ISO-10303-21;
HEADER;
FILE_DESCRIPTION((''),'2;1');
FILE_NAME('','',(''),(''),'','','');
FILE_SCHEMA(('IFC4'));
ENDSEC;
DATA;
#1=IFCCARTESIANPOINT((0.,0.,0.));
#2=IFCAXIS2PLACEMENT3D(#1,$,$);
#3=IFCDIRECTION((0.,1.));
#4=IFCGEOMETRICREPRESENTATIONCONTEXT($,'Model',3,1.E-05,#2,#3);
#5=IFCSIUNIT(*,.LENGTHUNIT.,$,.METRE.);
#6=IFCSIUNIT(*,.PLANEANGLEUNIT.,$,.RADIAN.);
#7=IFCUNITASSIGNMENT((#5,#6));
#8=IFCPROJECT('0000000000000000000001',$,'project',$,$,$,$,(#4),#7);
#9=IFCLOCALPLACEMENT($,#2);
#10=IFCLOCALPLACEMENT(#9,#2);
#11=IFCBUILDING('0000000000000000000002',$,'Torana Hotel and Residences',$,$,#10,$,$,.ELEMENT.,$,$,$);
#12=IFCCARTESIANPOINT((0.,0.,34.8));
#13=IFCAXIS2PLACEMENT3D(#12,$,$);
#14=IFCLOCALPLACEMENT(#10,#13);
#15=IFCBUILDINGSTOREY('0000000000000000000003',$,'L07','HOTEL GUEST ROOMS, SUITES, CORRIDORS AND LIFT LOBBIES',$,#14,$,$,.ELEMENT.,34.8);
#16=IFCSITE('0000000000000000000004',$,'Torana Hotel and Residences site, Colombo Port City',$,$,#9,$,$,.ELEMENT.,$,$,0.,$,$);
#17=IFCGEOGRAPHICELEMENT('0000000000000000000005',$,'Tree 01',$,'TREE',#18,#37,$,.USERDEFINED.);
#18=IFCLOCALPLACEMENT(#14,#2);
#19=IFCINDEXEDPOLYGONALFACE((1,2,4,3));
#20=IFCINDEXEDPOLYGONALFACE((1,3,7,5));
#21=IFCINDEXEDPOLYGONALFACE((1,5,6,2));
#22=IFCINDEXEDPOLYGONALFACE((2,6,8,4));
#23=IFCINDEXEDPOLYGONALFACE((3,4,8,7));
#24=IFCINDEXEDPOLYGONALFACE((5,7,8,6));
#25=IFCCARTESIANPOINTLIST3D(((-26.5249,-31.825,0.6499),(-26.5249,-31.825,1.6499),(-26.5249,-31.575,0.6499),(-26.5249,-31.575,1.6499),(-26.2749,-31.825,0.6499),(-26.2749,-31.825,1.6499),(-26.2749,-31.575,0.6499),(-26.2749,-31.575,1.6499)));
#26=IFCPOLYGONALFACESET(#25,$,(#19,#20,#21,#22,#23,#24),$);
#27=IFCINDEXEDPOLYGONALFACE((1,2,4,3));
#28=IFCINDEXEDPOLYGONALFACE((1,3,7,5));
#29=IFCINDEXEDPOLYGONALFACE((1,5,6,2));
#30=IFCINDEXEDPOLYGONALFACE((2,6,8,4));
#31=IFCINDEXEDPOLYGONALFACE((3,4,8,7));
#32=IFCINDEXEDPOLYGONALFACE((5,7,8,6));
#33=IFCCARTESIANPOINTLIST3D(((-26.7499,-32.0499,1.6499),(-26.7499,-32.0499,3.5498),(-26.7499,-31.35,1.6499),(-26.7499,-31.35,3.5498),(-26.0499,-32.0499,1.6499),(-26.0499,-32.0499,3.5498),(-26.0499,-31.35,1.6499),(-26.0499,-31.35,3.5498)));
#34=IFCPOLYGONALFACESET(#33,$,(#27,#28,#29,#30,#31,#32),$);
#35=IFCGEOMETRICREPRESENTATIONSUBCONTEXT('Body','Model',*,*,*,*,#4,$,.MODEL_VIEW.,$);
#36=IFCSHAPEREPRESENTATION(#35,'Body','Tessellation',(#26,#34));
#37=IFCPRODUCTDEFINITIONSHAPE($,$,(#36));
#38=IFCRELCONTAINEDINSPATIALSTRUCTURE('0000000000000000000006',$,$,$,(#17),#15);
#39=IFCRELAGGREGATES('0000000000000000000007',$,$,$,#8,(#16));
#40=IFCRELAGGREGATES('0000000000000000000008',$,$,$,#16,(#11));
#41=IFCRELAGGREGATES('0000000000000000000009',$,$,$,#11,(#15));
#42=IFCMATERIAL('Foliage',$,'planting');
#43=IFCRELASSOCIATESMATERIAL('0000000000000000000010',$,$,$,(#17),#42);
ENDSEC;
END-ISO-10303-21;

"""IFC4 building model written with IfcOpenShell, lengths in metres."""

from ifc_helpers import new_model, si_unit, direction, frame, origin, origin_2d, place, context, subcontext, project, spatial, rectangle, extrude, material, element, save


model = new_model("IFC4")

# Units and contexts
model_context = context("Model", 3, precision=1e-05, world=origin(), true_north=direction((0.0, 1.0)))
body_context = subcontext(model_context, "Body", "Model", "MODEL_VIEW")
ifc_project = project(units=[si_unit("LENGTHUNIT", "METRE"), si_unit("PLANEANGLEUNIT", "RADIAN")], contexts=[model_context])

# Site, building, storey
site_placement = place(None, origin())
site = spatial("IfcSite", under=ifc_project, at=site_placement, Name="Torana Hotel and Residences site, Colombo Port City", CompositionType="ELEMENT", RefElevation=0.0)
building_placement = place(site_placement, origin())
building = spatial("IfcBuilding", under=site, at=building_placement, Name="Torana Hotel and Residences", CompositionType="ELEMENT")
storey_placement = place(building_placement, frame((0.0, 0.0, 34.8)))
storey = spatial("IfcBuildingStorey", under=building, at=storey_placement, Name="L07", Description="HOTEL GUEST ROOMS, SUITES, CORRIDORS AND LIFT LOBBIES", CompositionType="ELEMENT", Elevation=34.8)

# Geographic element
ifc_material_1 = material(Name="Foliage", Category="planting")
geographic_element_placement = place(storey_placement, frame((-26.3999, -31.7, 0.6499), z_axis=(0.0, 0.0, 1.0), x_axis=(1.0, 0.0, 0.0)))
element("IfcGeographicElement", 1, at=geographic_element_placement, inside=storey, material=ifc_material_1, Name="Tree 01", ObjectType="TREE", PredefinedType="USERDEFINED", context=body_context, shape_type="SweptSolid", body=[
    extrude(rectangle(XDim=0.25, YDim=0.25, at=origin_2d()), origin(), (0.0, 0.0, 1.0), 1.0),
    extrude(rectangle(XDim=0.7, YDim=0.7, at=origin_2d()), frame((0.0, 0.0, 1.0)), (0.0, 0.0, 1.0), 1.8999),
])

save(model, "model.ifc")
